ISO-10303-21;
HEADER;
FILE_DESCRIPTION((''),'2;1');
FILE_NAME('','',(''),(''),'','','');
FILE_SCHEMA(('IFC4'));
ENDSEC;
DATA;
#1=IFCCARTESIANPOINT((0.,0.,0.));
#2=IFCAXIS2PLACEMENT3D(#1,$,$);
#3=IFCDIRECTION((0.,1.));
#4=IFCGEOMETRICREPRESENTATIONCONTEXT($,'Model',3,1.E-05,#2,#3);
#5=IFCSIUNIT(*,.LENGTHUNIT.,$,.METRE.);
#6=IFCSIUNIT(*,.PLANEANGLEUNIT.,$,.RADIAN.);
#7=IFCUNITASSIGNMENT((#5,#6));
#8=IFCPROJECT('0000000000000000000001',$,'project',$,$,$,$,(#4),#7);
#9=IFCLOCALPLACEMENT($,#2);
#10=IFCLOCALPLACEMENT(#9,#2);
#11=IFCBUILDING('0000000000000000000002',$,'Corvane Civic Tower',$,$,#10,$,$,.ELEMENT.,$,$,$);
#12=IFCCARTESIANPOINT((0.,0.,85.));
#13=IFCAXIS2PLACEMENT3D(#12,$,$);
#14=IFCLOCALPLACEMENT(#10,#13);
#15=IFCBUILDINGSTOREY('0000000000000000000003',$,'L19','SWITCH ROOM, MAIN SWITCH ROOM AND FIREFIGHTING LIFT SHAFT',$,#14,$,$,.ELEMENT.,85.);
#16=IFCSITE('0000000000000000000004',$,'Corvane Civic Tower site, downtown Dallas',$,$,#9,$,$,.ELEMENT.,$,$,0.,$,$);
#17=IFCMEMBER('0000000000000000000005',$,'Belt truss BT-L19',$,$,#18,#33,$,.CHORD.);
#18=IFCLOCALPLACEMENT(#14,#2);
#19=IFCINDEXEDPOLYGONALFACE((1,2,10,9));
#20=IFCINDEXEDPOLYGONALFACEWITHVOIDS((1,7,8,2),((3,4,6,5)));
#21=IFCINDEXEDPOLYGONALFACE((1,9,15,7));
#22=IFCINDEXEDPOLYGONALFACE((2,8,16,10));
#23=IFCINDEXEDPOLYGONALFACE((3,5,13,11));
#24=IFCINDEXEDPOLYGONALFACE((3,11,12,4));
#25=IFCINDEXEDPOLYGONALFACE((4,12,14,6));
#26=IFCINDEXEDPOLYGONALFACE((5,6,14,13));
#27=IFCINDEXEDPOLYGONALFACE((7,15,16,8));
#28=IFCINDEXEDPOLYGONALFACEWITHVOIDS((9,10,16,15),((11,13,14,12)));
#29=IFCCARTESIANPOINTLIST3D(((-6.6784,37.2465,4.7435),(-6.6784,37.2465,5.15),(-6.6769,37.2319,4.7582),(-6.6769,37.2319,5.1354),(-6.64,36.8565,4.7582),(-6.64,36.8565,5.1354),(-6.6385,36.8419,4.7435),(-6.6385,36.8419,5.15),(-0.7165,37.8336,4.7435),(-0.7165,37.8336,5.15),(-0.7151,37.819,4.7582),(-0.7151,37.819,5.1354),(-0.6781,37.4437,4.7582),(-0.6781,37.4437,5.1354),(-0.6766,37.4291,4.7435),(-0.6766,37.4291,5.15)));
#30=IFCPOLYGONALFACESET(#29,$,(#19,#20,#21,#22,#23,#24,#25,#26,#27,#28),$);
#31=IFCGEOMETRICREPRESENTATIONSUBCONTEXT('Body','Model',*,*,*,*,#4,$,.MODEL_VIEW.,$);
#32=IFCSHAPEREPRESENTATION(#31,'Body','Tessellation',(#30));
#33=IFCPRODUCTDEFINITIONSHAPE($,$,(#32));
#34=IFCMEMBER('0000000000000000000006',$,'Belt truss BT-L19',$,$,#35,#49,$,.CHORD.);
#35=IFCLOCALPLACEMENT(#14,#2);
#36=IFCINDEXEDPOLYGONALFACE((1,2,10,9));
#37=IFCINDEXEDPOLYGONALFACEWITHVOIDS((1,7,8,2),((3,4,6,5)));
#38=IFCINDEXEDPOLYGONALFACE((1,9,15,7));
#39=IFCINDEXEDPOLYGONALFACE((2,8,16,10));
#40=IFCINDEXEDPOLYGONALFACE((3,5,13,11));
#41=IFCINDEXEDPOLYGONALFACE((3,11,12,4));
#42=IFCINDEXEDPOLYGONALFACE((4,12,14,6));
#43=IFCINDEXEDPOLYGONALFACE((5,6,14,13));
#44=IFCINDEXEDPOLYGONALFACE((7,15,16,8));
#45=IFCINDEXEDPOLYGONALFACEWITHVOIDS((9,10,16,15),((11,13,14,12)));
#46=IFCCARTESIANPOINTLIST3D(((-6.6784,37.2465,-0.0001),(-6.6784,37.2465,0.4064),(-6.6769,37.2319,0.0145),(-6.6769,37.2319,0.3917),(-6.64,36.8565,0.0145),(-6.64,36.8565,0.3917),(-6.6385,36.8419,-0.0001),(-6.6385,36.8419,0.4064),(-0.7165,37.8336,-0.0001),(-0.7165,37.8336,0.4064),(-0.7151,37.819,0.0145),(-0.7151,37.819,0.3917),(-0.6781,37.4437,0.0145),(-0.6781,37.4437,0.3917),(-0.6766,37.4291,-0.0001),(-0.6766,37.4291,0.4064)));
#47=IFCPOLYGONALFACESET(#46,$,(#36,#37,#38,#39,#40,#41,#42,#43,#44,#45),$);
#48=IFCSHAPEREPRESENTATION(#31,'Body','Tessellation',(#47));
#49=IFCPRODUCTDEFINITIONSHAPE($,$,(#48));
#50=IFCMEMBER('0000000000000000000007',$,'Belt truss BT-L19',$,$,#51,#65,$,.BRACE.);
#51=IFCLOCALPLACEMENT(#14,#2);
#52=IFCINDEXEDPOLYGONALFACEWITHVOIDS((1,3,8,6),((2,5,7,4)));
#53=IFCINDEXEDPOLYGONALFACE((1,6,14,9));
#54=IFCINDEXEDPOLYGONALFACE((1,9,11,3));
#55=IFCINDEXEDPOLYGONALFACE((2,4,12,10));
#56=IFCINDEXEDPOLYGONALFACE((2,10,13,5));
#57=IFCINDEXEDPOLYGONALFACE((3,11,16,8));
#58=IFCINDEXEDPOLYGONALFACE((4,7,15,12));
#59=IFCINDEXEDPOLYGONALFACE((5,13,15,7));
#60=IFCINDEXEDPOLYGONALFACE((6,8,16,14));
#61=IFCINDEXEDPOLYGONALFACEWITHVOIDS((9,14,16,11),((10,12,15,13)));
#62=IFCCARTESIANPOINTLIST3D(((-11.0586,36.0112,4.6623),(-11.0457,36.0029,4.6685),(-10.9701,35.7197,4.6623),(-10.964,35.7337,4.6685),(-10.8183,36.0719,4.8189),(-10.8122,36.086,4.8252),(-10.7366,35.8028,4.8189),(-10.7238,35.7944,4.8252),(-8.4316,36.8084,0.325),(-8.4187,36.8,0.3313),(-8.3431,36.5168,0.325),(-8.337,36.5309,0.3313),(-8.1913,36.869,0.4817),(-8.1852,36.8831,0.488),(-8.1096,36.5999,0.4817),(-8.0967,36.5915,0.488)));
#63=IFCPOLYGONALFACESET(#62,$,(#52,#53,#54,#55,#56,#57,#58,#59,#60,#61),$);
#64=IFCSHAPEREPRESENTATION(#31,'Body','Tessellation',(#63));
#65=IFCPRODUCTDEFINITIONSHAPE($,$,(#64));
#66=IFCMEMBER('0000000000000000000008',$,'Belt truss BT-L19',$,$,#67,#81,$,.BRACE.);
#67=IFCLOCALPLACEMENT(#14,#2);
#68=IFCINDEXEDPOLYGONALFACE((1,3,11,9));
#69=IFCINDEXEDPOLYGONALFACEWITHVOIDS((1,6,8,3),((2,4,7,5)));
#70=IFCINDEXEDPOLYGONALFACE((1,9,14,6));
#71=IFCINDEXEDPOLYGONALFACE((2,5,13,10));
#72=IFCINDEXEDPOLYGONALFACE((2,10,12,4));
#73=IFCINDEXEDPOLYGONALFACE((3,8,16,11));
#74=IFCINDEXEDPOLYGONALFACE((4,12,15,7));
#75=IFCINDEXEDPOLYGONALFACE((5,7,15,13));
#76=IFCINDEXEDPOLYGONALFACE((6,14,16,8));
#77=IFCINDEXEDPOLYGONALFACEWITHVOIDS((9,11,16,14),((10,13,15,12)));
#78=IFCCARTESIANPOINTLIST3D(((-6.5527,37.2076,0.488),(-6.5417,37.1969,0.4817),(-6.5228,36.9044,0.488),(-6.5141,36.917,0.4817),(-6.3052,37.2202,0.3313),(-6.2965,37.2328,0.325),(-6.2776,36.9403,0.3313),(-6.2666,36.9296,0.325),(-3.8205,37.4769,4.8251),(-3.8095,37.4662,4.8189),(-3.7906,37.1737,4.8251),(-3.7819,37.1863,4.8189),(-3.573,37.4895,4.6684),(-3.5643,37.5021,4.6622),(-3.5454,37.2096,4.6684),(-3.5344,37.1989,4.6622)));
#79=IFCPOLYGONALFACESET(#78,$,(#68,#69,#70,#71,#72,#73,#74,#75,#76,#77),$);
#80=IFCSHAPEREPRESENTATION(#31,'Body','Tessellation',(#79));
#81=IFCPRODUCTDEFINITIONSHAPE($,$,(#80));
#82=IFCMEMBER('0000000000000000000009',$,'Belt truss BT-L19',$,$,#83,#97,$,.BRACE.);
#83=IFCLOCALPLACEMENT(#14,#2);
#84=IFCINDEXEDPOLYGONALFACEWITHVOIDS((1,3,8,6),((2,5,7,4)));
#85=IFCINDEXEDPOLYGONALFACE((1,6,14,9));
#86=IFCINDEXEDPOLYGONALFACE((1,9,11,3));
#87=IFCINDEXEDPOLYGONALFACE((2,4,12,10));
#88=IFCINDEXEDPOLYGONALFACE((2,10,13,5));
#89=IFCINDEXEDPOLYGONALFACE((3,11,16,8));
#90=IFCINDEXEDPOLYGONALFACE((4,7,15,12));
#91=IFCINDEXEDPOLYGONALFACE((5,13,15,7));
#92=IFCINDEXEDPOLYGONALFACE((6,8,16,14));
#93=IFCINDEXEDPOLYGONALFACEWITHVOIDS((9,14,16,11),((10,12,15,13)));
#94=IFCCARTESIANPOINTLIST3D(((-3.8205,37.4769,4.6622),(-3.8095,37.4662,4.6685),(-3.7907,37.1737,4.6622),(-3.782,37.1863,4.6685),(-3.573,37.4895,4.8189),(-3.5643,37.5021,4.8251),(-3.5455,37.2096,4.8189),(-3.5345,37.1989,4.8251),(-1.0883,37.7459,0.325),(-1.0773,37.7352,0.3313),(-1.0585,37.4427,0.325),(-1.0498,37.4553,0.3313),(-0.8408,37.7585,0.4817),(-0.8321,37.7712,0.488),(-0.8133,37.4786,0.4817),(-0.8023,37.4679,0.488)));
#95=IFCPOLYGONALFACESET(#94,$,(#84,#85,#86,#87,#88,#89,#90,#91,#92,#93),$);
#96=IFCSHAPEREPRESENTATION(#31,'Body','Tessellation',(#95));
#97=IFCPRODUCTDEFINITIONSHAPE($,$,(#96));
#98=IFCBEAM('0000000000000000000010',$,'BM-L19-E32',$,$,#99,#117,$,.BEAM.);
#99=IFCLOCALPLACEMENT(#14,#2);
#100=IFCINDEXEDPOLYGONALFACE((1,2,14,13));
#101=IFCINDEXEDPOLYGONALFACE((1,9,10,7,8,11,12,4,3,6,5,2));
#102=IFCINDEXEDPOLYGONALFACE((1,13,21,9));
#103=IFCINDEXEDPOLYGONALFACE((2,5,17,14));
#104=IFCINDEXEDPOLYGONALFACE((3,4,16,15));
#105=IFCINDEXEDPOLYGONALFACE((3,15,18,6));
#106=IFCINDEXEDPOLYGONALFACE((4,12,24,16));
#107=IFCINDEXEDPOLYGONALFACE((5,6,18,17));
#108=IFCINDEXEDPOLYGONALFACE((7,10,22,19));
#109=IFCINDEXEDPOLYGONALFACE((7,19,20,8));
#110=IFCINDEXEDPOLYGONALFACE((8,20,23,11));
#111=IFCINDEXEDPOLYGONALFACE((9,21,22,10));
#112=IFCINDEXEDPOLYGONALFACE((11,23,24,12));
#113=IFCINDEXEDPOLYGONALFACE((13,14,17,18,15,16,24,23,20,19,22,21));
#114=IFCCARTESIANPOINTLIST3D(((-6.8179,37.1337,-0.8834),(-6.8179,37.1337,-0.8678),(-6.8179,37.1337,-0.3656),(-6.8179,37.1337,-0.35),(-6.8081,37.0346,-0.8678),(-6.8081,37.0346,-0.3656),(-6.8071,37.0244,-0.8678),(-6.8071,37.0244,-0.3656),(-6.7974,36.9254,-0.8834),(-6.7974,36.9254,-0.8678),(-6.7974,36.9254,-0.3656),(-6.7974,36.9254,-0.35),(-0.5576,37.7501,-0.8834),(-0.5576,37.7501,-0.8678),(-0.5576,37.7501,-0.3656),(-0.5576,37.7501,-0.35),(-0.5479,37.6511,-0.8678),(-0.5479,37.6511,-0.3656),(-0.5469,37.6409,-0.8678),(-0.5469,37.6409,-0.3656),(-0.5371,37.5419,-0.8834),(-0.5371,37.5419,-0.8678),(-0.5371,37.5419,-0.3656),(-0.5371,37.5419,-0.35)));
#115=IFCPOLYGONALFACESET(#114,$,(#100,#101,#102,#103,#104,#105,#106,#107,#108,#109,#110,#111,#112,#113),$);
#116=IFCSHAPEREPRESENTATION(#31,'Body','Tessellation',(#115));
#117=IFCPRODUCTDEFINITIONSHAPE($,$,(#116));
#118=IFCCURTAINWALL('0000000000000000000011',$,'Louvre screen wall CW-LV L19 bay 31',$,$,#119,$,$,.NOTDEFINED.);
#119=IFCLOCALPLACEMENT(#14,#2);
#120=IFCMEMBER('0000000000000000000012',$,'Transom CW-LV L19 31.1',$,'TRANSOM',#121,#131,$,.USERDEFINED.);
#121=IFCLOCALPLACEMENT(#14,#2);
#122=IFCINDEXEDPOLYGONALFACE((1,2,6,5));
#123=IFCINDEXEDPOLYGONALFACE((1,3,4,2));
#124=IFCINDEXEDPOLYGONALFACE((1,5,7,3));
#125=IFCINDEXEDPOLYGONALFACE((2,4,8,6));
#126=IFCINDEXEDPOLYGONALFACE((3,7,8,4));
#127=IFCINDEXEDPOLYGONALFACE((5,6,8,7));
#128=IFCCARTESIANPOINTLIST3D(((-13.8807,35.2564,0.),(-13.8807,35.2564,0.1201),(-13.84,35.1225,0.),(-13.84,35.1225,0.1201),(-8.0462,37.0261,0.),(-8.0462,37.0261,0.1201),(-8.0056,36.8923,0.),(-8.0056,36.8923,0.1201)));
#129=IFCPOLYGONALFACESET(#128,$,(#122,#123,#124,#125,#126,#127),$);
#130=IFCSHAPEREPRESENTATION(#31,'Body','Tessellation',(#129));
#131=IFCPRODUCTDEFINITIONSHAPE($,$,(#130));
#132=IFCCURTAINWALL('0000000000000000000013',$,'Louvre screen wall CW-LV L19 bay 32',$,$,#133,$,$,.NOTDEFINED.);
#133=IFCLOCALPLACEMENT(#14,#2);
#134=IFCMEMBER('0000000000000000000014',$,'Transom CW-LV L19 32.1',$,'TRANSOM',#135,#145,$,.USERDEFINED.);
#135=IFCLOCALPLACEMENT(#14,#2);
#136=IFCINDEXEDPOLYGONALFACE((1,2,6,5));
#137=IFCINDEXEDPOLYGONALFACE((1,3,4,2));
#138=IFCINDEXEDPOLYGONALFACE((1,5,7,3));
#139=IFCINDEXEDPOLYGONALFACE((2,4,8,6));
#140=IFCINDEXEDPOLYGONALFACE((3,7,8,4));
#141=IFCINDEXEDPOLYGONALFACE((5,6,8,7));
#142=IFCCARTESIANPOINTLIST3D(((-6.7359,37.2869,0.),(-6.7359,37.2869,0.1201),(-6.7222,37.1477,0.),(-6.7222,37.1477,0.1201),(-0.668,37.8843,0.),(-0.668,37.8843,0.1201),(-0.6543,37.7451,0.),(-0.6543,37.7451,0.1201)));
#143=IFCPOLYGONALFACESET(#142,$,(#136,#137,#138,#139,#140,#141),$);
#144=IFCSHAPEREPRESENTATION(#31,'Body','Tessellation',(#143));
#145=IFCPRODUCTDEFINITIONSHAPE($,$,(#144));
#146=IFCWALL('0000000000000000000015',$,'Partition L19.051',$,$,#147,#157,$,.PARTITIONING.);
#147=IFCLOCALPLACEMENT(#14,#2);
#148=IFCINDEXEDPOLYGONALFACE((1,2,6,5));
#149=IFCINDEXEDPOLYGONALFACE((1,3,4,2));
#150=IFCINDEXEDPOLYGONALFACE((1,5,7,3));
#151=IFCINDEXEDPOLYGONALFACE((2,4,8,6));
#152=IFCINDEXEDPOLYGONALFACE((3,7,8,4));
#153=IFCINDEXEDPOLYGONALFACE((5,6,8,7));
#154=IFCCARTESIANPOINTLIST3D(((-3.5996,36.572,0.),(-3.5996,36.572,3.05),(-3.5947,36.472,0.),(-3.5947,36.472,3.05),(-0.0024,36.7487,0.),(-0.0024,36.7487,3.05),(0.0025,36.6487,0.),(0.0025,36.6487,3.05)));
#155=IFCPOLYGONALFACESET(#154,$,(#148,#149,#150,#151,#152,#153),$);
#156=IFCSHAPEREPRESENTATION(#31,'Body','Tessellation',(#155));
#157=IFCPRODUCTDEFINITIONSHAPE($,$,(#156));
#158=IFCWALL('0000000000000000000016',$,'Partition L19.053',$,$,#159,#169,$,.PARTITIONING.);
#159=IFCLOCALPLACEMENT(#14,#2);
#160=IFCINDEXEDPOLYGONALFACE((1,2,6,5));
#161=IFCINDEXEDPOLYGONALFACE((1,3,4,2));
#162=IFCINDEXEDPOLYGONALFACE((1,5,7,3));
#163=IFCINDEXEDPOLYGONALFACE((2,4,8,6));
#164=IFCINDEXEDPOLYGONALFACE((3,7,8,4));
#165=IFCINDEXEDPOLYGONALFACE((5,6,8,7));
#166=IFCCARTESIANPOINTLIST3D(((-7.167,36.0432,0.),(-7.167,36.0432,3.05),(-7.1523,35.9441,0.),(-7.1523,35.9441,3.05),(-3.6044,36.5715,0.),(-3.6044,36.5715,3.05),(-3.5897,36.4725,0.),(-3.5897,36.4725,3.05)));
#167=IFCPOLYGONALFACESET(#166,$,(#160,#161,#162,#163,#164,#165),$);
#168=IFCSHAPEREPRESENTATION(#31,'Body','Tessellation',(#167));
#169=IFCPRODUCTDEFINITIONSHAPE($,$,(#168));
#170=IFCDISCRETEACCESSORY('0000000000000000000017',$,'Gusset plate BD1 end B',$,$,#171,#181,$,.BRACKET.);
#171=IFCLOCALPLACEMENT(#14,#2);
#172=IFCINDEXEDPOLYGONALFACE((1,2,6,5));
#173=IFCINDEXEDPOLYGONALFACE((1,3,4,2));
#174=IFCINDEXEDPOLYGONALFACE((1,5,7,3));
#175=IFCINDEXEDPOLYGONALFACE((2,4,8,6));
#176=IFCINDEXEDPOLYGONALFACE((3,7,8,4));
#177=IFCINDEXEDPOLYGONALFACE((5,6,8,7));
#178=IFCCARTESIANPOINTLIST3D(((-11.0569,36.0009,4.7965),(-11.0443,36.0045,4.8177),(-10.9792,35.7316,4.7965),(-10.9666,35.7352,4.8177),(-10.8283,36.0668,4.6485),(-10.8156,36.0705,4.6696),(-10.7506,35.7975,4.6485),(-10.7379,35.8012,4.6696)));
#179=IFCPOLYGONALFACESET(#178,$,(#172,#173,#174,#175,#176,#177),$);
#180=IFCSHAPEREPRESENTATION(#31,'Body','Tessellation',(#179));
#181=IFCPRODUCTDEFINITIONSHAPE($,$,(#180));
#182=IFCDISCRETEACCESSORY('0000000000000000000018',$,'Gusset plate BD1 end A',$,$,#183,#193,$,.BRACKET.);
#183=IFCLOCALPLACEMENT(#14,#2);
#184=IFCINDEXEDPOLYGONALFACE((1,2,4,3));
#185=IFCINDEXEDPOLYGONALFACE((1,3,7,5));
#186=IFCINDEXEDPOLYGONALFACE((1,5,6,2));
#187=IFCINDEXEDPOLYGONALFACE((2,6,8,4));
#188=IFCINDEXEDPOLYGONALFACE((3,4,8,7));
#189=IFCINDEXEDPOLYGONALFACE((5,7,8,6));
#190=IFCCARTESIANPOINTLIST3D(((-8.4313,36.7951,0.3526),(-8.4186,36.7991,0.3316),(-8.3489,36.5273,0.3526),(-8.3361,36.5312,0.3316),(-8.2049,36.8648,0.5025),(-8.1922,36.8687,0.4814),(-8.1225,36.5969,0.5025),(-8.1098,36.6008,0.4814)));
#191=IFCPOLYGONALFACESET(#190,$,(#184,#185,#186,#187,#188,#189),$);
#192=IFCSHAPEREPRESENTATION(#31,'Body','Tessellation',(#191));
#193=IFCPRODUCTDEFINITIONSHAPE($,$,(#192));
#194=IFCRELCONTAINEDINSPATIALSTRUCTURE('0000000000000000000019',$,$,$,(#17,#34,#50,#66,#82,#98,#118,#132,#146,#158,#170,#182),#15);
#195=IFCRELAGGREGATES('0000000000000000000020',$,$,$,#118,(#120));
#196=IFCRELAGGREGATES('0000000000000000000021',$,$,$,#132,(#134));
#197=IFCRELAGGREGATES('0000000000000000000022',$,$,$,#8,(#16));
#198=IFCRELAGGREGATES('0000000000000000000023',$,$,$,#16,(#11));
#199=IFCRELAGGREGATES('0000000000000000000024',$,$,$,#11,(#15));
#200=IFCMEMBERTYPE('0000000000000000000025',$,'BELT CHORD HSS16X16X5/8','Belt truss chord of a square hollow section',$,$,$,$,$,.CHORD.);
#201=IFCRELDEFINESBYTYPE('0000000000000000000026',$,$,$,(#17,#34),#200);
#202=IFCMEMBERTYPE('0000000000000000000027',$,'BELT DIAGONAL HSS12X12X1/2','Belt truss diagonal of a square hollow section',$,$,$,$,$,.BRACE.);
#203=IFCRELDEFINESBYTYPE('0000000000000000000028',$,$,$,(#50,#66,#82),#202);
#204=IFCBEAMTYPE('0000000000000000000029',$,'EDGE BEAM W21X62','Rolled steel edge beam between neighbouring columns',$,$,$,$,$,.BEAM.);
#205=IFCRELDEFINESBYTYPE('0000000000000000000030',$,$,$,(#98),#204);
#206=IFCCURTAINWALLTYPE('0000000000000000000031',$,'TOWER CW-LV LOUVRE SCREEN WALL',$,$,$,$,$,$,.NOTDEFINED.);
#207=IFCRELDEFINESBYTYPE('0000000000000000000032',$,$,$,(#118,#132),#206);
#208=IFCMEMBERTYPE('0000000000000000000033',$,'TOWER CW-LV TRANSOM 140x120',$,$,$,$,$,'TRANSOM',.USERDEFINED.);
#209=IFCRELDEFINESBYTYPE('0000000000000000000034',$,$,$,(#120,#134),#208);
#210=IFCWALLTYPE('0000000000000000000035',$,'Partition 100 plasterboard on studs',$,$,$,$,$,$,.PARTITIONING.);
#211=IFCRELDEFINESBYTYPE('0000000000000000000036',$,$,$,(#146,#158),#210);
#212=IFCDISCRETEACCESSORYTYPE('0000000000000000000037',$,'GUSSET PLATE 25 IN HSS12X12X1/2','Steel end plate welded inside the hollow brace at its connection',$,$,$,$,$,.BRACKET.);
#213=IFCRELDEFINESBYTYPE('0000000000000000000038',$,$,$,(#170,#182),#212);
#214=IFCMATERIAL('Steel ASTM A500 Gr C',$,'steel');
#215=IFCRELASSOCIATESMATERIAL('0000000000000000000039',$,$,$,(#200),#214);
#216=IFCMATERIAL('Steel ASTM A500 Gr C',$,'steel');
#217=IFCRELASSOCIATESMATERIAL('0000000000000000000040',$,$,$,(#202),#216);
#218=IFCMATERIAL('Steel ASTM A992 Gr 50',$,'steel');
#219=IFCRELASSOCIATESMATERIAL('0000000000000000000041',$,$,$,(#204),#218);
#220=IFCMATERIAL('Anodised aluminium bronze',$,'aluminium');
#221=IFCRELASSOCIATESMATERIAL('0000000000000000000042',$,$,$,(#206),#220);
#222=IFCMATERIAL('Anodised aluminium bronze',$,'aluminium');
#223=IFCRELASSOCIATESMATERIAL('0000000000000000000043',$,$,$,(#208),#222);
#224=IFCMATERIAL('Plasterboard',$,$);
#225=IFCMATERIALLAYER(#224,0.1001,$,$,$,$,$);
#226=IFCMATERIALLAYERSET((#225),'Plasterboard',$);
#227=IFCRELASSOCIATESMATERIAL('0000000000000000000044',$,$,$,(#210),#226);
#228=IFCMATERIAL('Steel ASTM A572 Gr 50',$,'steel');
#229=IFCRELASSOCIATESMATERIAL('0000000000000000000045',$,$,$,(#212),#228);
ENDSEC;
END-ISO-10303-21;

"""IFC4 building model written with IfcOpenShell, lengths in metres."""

from ifc_helpers import new_model, si_unit, direction, frame, frame_2d, origin, origin_2d, place, context, subcontext, project, spatial, rectangle, hollow_rectangle, i_section, extrude, material, layer, layer_set, material_profile, profile_set, type_object, element, aggregate, save


model = new_model("IFC4")

# Units and contexts
model_context = context("Model", 3, precision=1e-05, world=origin(), true_north=direction((0.0, 1.0)))
body_context = subcontext(model_context, "Body", "Model", "MODEL_VIEW")
ifc_project = project(units=[si_unit("LENGTHUNIT", "METRE"), si_unit("PLANEANGLEUNIT", "RADIAN")], contexts=[model_context])

# Site, building, storey
site_placement = place(None, origin())
site = spatial("IfcSite", under=ifc_project, at=site_placement, Name="Corvane Civic Tower site, downtown Dallas", CompositionType="ELEMENT", RefElevation=0.0)
building_placement = place(site_placement, origin())
building = spatial("IfcBuilding", under=site, at=building_placement, Name="Corvane Civic Tower", CompositionType="ELEMENT")
storey_placement = place(building_placement, frame((0.0, 0.0, 85.0)))
storey = spatial("IfcBuildingStorey", under=building, at=storey_placement, Name="L19", Description="SWITCH ROOM, MAIN SWITCH ROOM AND FIREFIGHTING LIFT SHAFT", CompositionType="ELEMENT", Elevation=85.0)

# Members
ifc_material_1 = material(Name="Steel ASTM A500 Gr C", Category="steel")
ifc_material_profile_1 = material_profile(ifc_material_1, hollow_rectangle(XDim=0.4065, YDim=0.4065, WallThickness=0.0146, at=origin_2d()), Name="HSS16X16X5/8")
ifc_profile_set_1 = profile_set([ifc_material_profile_1], Name="Steel ASTM A500 Gr C")
member_type_1 = type_object("IfcMemberType", Name="BELT CHORD HSS16X16X5/8", Description="Belt truss chord of a square hollow section", PredefinedType="CHORD", material=ifc_profile_set_1)
for number, where, z_axis, x_axis, name in (
    (1, (-6.6584, 37.0442, 4.9468), (0.995185, 0.098011, 0.0), (-0.098011, 0.995185, 0.0), "Belt truss BT-L19"),
    (2, (-6.6584, 37.0442, 0.2031), (0.995185, 0.098011, 0.0), (-0.098011, 0.995185, 0.0), "Belt truss BT-L19"),
):
    element("IfcMember", number, at=place(storey_placement, frame(where, z_axis=z_axis, x_axis=x_axis)), inside=storey, type_object=member_type_1, Name=name, PredefinedType="CHORD", context=body_context, shape_type="SweptSolid", body=[
        extrude(hollow_rectangle(XDim=0.4065, YDim=0.4065, WallThickness=0.0146, at=origin_2d()), origin(), (0.0, 0.0, 1.0), 5.9907),
    ])
ifc_material_2 = material(Name="Steel ASTM A500 Gr C", Category="steel")
ifc_material_profile_2 = material_profile(ifc_material_2, hollow_rectangle(XDim=0.3047, YDim=0.3047, WallThickness=0.0117, at=origin_2d()), Name="HSS12X12X1/2")
ifc_profile_set_2 = profile_set([ifc_material_profile_2], Name="Steel ASTM A500 Gr C")
member_type_2 = type_object("IfcMemberType", Name="BELT DIAGONAL HSS12X12X1/2", Description="Belt truss diagonal of a square hollow section", PredefinedType="BRACE", material=ifc_profile_set_2)
for number, where, z_axis, x_axis, name in (
    (3, (-8.2642, 36.7, 0.4065), (-0.511782, -0.155294, 0.844963), (0.290365, -0.956916, 0.0), "Belt truss BT-L19"),
    (4, (-6.4097, 37.0686, 0.4065), (0.532271, 0.052461, 0.844947), (-0.098086, 0.995178, 0.0), "Belt truss BT-L19"),
    (5, (-0.9453, 37.6069, 0.4065), (-0.532273, -0.052414, 0.844949), (0.097998, -0.995187, 0.0), "Belt truss BT-L19"),
):
    element("IfcMember", number, at=place(storey_placement, frame(where, z_axis=z_axis, x_axis=x_axis)), inside=storey, type_object=member_type_2, Name=name, PredefinedType="BRACE", context=body_context, shape_type="SweptSolid", body=[
        extrude(hollow_rectangle(XDim=0.3047, YDim=0.3047, WallThickness=0.0117, at=origin_2d()), origin(), (0.0, 0.0, 1.0), 5.1331),
    ])

# Beam
ifc_material_3 = material(Name="Steel ASTM A992 Gr 50", Category="steel")
ifc_material_profile_3 = material_profile(ifc_material_3, i_section(OverallWidth=0.2092, OverallDepth=0.5334, WebThickness=0.0103, FlangeThickness=0.0156, at=origin_2d()), Name="W21X62")
ifc_profile_set_3 = profile_set([ifc_material_profile_3], Name="Steel ASTM A992 Gr 50")
beam_type = type_object("IfcBeamType", Name="EDGE BEAM W21X62", Description="Rolled steel edge beam between neighbouring columns", PredefinedType="BEAM", material=ifc_profile_set_3)
beam_placement = place(storey_placement, frame((-6.8076, 37.0295, -0.6167), z_axis=(0.995187, 0.097997, 0.0), x_axis=(-0.097997, 0.995187, 0.0)))
element("IfcBeam", 6, at=beam_placement, inside=storey, type_object=beam_type, Name="BM-L19-E32", PredefinedType="BEAM", context=body_context, shape_type="SweptSolid", body=[
    extrude(i_section(OverallWidth=0.2092, OverallDepth=0.5334, WebThickness=0.0103, FlangeThickness=0.0156, at=origin_2d()), origin(), (0.0, 0.0, 1.0), 6.2905),
])

# Curtain walls, members
ifc_material_4 = material(Name="Anodised aluminium bronze", Category="aluminium")
curtain_wall_type = type_object("IfcCurtainWallType", Name="TOWER CW-LV LOUVRE SCREEN WALL", PredefinedType="NOTDEFINED", material=ifc_material_4)
curtain_wall_1_placement = place(storey_placement, origin())
curtain_wall_1 = element("IfcCurtainWall", 7, at=curtain_wall_1_placement, inside=storey, type_object=curtain_wall_type, Name="Louvre screen wall CW-LV L19 bay 31", PredefinedType="NOTDEFINED")
ifc_material_5 = material(Name="Anodised aluminium bronze", Category="aluminium")
ifc_material_profile_4 = material_profile(ifc_material_5, rectangle(XDim=0.1399, YDim=0.1201, at=origin_2d()), Name="TOWER CW-LV TRANSOM 140x120")
ifc_profile_set_4 = profile_set([ifc_material_profile_4], Name="Anodised aluminium bronze")
member_type_3 = type_object("IfcMemberType", Name="TOWER CW-LV TRANSOM 140x120", ElementType="TRANSOM", PredefinedType="USERDEFINED", material=ifc_profile_set_4)
member_1_placement = place(storey_placement, frame((-13.8604, 35.1895, 0.0601), z_axis=(0.956945, 0.290271, 0.0), x_axis=(-0.290271, 0.956945, 0.0)))
member_1 = element("IfcMember", 8, at=member_1_placement, type_object=member_type_3, Name="Transom CW-LV L19 31.1", ObjectType="TRANSOM", PredefinedType="USERDEFINED", context=body_context, shape_type="SweptSolid", body=[
    extrude(rectangle(XDim=0.1399, YDim=0.1201, at=origin_2d()), origin(), (0.0, 0.0, 1.0), 6.0969),
])
curtain_wall_2_placement = place(storey_placement, origin())
curtain_wall_2 = element("IfcCurtainWall", 9, at=curtain_wall_2_placement, inside=storey, type_object=curtain_wall_type, Name="Louvre screen wall CW-LV L19 bay 32", PredefinedType="NOTDEFINED")
member_2_placement = place(storey_placement, frame((-6.729, 37.2173, 0.0601), z_axis=(0.995188, 0.097981, 0.0), x_axis=(-0.097981, 0.995188, 0.0)))
member_2 = element("IfcMember", 10, at=member_2_placement, type_object=member_type_3, Name="Transom CW-LV L19 32.1", ObjectType="TRANSOM", PredefinedType="USERDEFINED", context=body_context, shape_type="SweptSolid", body=[
    extrude(rectangle(XDim=0.1399, YDim=0.1201, at=origin_2d()), origin(), (0.0, 0.0, 1.0), 6.0972),
])

# Walls
ifc_material_6 = material(Name="Plasterboard")
ifc_layer = layer(ifc_material_6, 0.1001)
ifc_layer_set = layer_set([ifc_layer], Name="Plasterboard")
wall_type = type_object("IfcWallType", Name="Partition 100 plasterboard on studs", PredefinedType="PARTITIONING", material=ifc_layer_set)
for number, where, z_axis, x_axis, name in (
    (11, (-3.5972, 36.522, 0.0), (0.0, 0.0, 1.0), (0.998795, 0.049079, 0.0), "Partition L19.051"),
    (12, (-7.1597, 35.9937, 0.0), (0.0, 0.0, 1.0), (0.989182, 0.146696, 0.0), "Partition L19.053"),
):
    element("IfcWall", number, at=place(storey_placement, frame(where, z_axis=z_axis, x_axis=x_axis)), inside=storey, type_object=wall_type, Name=name, PredefinedType="PARTITIONING", context=body_context, shape_type="SweptSolid", body=[
        extrude(rectangle(XDim=3.6016, YDim=0.1001, at=frame_2d((1.8008, 0.0))), origin(), (0.0, 0.0, 1.0), 3.05),
    ])

aggregate(curtain_wall_1, [member_1])
aggregate(curtain_wall_2, [member_2])

# Discrete accessories
ifc_material_7 = material(Name="Steel ASTM A572 Gr 50", Category="steel")
ifc_material_profile_5 = material_profile(ifc_material_7, rectangle(XDim=0.2803, YDim=0.2803, at=origin_2d()), Name="GUSSET PLATE 25 IN HSS12X12X1/2")
ifc_profile_set_5 = profile_set([ifc_material_profile_5], Name="Steel ASTM A572 Gr 50")
discrete_accessory_type = type_object("IfcDiscreteAccessoryType", Name="GUSSET PLATE 25 IN HSS12X12X1/2", Description="Steel end plate welded inside the hollow brace at its connection", PredefinedType="BRACKET", material=ifc_profile_set_5)
for number, where, z_axis, x_axis, name in (
    (13, (-10.8911, 35.9028, 4.7437), (-0.507516, -0.146399, -0.849114), (0.277161, -0.960824, 0.0), "Gusset plate BD1 end B"),
    (14, (-8.2642, 36.7, 0.4065), (-0.510984, -0.157226, 0.845089), (0.294086, -0.955779, 0.0), "Gusset plate BD1 end A"),
):
    element("IfcDiscreteAccessory", number, at=place(storey_placement, frame(where, z_axis=z_axis, x_axis=x_axis)), inside=storey, type_object=discrete_accessory_type, Name=name, PredefinedType="BRACKET", context=body_context, shape_type="SweptSolid", body=[
        extrude(rectangle(XDim=0.2803, YDim=0.2803, at=origin_2d()), origin(), (0.0, 0.0, 1.0), 0.0249),
    ])

save(model, "model.ifc")
